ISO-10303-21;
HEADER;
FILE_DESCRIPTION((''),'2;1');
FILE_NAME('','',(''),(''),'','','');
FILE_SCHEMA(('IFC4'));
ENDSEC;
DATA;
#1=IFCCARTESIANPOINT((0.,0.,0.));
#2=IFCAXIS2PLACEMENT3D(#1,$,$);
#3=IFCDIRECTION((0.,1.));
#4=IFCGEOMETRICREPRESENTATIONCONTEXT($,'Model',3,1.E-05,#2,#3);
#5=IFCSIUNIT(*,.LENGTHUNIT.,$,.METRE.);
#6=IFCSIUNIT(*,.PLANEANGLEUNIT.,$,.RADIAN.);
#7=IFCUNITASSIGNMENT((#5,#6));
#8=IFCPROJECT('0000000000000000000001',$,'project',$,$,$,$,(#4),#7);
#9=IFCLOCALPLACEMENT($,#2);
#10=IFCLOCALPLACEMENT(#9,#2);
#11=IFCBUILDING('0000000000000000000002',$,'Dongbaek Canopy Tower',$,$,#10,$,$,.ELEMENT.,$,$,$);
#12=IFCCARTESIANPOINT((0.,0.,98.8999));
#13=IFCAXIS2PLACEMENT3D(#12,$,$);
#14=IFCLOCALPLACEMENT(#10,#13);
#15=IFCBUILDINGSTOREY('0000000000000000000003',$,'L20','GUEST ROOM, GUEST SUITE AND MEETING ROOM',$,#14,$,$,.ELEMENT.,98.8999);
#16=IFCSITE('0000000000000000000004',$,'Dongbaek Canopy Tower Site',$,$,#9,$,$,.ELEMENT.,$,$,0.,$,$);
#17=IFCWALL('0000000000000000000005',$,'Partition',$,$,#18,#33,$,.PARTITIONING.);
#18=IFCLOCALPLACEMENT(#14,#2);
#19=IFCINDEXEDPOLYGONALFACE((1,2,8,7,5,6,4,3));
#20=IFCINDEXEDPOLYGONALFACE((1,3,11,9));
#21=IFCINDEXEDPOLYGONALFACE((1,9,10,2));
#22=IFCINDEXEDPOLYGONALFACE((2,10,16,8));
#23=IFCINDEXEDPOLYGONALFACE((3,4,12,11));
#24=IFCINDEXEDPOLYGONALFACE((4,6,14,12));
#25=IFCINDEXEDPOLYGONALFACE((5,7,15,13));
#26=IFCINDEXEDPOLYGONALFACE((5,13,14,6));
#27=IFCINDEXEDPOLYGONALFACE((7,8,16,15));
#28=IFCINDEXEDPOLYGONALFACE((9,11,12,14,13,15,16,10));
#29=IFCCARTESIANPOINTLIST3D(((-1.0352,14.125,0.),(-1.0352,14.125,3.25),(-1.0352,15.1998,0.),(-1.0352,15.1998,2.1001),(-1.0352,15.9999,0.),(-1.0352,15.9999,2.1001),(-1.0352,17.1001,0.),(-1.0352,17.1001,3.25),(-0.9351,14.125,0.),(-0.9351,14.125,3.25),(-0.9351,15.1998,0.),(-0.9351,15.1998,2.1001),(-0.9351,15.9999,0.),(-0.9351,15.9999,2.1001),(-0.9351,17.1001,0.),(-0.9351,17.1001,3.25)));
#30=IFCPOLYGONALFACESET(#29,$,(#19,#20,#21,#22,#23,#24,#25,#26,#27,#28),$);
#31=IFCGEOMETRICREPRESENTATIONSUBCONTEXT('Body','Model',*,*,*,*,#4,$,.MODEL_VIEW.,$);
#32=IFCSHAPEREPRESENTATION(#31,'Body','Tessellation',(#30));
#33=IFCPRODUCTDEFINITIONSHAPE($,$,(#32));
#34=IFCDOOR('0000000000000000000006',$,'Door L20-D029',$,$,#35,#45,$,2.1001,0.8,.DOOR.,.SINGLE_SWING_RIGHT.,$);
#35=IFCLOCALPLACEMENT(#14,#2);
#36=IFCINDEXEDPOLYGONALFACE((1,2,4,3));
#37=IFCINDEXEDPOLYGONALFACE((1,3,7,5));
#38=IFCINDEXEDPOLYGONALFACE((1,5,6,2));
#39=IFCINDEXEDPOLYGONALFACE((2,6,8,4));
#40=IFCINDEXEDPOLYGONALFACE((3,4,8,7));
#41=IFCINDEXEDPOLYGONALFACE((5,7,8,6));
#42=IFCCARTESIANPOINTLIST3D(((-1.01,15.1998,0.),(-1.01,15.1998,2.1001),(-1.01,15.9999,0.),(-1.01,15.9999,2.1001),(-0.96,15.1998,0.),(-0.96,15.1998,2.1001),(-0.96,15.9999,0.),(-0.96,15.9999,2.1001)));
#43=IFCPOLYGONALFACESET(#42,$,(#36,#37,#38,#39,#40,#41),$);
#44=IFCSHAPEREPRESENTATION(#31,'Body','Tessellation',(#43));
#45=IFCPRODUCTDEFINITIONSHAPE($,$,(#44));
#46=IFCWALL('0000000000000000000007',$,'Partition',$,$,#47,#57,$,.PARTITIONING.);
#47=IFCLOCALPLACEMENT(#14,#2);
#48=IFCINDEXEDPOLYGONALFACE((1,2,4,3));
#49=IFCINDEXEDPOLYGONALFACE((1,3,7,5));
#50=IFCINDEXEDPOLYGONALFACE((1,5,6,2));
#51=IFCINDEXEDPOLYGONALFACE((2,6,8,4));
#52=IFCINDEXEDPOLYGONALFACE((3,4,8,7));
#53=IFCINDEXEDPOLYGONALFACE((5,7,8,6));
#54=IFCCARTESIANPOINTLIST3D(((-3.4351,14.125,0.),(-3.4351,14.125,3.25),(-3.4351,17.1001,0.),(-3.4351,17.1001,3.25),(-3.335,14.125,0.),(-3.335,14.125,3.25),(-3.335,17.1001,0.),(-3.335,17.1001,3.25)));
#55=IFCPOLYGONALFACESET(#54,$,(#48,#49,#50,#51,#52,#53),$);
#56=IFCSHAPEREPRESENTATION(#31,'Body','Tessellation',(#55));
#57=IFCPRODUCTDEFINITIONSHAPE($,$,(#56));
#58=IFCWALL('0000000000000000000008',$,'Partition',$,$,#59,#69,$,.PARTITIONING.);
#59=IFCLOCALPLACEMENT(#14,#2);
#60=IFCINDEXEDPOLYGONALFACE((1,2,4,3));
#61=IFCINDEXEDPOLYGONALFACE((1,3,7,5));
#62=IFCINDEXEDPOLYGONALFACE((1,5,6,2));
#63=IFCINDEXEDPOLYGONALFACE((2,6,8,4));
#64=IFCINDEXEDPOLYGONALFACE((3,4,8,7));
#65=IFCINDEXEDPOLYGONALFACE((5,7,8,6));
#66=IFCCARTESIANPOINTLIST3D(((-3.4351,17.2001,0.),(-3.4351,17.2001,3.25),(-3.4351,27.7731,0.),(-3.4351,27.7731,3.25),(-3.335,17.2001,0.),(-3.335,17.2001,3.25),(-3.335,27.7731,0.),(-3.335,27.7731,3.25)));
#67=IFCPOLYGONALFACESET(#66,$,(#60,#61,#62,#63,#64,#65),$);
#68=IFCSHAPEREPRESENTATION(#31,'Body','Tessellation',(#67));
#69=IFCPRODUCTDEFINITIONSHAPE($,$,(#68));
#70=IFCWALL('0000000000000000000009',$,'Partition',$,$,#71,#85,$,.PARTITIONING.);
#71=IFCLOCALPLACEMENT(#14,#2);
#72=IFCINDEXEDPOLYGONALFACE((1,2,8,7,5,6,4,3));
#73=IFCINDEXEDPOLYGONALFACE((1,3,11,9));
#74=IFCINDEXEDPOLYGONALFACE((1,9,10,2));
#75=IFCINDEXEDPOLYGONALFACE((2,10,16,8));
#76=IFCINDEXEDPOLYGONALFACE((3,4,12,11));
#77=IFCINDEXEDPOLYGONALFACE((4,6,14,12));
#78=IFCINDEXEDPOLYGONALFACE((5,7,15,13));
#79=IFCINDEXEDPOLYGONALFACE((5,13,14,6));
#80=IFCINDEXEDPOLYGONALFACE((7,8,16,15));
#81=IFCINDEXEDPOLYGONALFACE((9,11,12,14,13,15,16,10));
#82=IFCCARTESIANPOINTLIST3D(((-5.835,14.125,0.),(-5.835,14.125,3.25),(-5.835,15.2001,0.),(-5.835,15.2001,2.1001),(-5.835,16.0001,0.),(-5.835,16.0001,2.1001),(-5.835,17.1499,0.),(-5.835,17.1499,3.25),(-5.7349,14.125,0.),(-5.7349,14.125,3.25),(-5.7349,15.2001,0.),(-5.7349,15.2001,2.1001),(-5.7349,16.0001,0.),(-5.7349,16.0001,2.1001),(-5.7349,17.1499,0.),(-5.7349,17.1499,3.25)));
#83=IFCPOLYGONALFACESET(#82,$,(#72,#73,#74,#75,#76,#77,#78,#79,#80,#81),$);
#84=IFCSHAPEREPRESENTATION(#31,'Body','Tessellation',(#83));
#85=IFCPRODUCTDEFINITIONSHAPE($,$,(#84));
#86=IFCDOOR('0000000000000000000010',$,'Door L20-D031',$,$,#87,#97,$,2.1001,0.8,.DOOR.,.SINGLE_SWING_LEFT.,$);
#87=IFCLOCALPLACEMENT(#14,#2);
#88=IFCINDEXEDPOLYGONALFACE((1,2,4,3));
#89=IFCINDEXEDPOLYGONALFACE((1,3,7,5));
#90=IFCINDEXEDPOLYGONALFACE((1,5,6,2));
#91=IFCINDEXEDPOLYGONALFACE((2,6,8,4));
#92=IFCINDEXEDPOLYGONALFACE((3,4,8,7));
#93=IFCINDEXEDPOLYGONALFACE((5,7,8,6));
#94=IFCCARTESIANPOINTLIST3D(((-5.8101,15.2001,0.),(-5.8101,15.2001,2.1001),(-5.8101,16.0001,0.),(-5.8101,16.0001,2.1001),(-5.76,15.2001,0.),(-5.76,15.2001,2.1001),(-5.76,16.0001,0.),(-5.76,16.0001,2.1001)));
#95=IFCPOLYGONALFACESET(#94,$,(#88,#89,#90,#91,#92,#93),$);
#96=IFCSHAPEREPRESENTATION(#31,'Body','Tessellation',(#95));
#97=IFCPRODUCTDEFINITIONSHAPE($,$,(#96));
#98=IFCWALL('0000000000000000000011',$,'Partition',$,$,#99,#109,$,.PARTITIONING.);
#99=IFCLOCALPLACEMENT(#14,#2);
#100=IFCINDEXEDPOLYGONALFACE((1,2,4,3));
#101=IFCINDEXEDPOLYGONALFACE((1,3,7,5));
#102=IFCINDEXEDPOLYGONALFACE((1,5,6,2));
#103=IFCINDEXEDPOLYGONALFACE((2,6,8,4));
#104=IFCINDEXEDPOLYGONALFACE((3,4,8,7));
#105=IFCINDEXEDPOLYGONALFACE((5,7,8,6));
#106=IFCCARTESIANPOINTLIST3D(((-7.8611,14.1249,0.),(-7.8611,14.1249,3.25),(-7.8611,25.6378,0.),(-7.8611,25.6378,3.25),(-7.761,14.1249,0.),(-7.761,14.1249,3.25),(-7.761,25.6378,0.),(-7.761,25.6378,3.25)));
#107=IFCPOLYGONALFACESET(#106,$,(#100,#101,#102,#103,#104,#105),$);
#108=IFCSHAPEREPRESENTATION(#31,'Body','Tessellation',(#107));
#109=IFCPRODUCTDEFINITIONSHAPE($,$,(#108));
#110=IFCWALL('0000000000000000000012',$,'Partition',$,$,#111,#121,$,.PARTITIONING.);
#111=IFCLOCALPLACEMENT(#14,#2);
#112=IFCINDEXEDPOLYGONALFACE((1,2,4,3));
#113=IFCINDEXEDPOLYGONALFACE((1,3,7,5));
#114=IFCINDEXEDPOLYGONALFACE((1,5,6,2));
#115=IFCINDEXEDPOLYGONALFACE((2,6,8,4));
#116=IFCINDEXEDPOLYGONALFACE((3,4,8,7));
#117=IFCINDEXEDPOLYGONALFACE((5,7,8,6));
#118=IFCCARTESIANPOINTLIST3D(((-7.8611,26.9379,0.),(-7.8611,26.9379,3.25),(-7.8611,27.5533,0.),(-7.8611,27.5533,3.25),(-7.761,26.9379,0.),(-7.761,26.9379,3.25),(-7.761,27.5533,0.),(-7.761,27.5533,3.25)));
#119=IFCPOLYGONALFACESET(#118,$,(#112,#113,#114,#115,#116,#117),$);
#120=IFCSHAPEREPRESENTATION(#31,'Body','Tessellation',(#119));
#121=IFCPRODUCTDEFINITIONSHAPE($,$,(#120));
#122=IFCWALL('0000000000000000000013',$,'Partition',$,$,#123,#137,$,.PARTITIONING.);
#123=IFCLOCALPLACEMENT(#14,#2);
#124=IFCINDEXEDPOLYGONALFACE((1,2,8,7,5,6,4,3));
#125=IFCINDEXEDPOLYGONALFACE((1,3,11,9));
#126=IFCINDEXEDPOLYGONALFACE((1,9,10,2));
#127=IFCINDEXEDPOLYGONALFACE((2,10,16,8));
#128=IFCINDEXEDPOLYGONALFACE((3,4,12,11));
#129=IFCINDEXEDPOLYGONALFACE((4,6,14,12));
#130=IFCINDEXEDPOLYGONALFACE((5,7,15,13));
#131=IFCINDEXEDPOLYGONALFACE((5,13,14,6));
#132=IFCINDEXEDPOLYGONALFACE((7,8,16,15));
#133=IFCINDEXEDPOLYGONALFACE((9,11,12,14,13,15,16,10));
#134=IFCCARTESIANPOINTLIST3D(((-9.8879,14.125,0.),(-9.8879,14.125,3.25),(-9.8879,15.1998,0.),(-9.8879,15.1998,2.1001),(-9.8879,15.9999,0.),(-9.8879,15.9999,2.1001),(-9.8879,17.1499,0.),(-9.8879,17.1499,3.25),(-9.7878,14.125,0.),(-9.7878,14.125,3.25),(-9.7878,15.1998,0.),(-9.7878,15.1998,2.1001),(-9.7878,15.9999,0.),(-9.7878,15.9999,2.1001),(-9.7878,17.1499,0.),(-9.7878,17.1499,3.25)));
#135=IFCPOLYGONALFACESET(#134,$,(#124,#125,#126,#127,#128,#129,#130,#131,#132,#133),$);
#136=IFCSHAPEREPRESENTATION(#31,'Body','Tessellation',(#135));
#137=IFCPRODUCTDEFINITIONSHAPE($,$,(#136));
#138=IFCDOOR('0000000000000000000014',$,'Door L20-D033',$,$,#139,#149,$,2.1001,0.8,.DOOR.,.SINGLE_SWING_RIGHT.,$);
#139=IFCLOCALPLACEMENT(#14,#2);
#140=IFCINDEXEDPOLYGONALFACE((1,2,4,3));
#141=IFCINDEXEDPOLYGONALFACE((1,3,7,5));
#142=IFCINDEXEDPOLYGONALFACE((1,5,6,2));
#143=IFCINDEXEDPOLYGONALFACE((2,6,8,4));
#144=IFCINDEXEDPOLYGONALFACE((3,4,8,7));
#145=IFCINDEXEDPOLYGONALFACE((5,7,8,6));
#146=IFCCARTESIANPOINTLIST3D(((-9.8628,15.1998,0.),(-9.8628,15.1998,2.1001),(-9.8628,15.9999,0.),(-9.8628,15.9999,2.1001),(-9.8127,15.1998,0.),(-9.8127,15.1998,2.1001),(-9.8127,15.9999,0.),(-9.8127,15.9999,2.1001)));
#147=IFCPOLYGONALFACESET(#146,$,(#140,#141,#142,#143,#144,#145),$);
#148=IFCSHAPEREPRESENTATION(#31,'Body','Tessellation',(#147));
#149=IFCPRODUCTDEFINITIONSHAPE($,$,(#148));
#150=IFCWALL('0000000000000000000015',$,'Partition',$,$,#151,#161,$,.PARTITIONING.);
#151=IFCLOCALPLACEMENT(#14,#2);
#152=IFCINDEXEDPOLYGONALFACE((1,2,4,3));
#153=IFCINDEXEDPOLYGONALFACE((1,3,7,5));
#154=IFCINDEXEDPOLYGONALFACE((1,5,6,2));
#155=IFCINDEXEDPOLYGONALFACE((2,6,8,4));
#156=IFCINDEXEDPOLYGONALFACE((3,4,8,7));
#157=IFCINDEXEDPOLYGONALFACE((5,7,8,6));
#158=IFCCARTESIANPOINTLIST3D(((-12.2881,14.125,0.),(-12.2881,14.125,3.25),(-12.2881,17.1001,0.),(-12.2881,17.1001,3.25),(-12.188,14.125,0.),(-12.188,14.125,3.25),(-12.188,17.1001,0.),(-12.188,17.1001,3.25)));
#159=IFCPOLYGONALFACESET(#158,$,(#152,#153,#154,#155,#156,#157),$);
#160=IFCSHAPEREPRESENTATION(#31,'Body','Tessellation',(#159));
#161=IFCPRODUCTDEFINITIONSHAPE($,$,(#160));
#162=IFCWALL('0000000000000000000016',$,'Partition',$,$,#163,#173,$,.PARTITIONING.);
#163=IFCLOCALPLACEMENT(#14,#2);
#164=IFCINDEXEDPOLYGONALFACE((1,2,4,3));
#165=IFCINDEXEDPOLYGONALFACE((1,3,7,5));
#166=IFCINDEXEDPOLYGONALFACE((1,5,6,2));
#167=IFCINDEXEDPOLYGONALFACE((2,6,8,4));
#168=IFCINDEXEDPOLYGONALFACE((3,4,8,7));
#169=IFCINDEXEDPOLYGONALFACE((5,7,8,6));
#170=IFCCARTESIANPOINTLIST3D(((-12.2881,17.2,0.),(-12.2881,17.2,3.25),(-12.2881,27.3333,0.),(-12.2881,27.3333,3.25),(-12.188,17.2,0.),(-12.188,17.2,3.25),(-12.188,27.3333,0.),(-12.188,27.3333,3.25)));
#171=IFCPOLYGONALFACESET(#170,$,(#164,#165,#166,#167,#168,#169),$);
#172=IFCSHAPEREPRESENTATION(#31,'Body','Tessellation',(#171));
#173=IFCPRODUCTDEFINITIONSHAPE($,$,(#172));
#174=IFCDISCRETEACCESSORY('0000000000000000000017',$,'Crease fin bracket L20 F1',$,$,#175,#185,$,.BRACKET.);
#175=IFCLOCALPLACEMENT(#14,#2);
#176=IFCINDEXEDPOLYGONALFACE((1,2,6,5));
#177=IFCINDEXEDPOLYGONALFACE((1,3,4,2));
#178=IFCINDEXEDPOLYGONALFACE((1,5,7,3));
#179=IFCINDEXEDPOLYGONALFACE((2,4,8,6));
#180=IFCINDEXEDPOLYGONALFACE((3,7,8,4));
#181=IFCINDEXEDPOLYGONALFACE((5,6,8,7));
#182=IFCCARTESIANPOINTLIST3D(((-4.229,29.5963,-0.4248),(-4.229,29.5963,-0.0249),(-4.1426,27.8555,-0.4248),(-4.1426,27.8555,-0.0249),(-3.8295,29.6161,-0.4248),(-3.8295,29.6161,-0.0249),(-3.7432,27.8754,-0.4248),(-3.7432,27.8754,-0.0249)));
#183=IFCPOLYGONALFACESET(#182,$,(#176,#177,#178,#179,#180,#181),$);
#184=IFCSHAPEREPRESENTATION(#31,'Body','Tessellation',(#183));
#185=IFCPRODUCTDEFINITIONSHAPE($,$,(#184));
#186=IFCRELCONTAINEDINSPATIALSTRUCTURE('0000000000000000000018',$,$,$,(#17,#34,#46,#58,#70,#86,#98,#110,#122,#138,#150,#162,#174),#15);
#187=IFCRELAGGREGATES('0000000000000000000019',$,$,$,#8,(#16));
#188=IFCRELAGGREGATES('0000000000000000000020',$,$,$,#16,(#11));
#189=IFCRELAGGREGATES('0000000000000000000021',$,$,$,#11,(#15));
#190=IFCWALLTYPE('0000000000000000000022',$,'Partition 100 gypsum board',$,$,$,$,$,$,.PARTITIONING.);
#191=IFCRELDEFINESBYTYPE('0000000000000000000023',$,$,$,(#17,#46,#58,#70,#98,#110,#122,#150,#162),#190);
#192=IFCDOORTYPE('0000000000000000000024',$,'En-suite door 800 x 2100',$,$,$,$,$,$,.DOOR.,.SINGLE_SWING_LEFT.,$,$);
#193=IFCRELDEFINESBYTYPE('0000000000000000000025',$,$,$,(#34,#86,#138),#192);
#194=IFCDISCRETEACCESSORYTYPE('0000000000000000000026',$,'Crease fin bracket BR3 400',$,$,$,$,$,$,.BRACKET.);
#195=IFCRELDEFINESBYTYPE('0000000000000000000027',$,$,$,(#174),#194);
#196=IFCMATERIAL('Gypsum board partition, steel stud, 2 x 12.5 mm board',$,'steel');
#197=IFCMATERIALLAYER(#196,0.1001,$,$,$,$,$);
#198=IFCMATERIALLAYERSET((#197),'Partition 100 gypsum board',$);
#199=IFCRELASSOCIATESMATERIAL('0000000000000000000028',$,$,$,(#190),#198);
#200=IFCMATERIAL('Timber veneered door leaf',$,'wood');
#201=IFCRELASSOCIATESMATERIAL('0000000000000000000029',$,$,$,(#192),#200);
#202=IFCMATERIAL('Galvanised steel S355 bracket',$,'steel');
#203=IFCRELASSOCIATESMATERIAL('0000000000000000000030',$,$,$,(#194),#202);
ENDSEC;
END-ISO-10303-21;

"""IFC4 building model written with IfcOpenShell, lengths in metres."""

from ifc_helpers import new_model, si_unit, direction, frame, frame_2d, origin, origin_2d, place, context, subcontext, project, spatial, rectangle, extrude, material, layer, layer_set, type_object, element, fill, save


model = new_model("IFC4")

# Units and contexts
model_context = context("Model", 3, precision=1e-05, world=origin(), true_north=direction((0.0, 1.0)))
body_context = subcontext(model_context, "Body", "Model", "MODEL_VIEW")
ifc_project = project(units=[si_unit("LENGTHUNIT", "METRE"), si_unit("PLANEANGLEUNIT", "RADIAN")], contexts=[model_context])

# Site, building, storey
site_placement = place(None, origin())
site = spatial("IfcSite", under=ifc_project, at=site_placement, Name="Dongbaek Canopy Tower Site", CompositionType="ELEMENT", RefElevation=0.0)
building_placement = place(site_placement, origin())
building = spatial("IfcBuilding", under=site, at=building_placement, Name="Dongbaek Canopy Tower", CompositionType="ELEMENT")
storey_placement = place(building_placement, frame((0.0, 0.0, 98.8999)))
storey = spatial("IfcBuildingStorey", under=building, at=storey_placement, Name="L20", Description="GUEST ROOM, GUEST SUITE AND MEETING ROOM", CompositionType="ELEMENT", Elevation=98.8999)

# Shared definitions
ifc_material_1 = material(Name="Gypsum board partition, steel stud, 2 x 12.5 mm board", Category="steel")
ifc_layer_1 = layer(ifc_material_1, 0.1001)
ifc_layer_set_1 = layer_set([ifc_layer_1], Name="Partition 100 gypsum board")
wall_type = type_object("IfcWallType", Name="Partition 100 gypsum board", PredefinedType="PARTITIONING", material=ifc_layer_set_1)

# Wall, opening, door
wall_1_placement = place(storey_placement, frame((-0.9851, 14.125, 0.0), z_axis=(0.0, 0.0, 1.0), x_axis=(0.0, 1.0, 0.0)))
wall_1 = element("IfcWall", 1, at=wall_1_placement, inside=storey, type_object=wall_type, Name="Partition", PredefinedType="PARTITIONING", context=body_context, shape_type="SweptSolid", body=[
    extrude(rectangle(XDim=2.9751, YDim=0.1001, at=frame_2d((1.4875, 0.0))), origin(), (0.0, 0.0, 1.0), 3.25),
])
opening_1_placement = place(wall_1_placement, frame((1.075, 0.0, 0.0)))
opening_1 = element("IfcOpeningElement", 2, at=opening_1_placement, cuts=wall_1, PredefinedType="OPENING", context=body_context, shape_type="SweptSolid", body=[
    extrude(rectangle(XDim=0.8, YDim=2.1001, at=frame_2d((0.3999, 1.05))), frame((0.0, 0.0601, 0.0), z_axis=(0.0, -1.0, 0.0), x_axis=(1.0, 0.0, 0.0)), (0.0, 0.0, 1.0), 0.1201),
])
ifc_material_2 = material(Name="Timber veneered door leaf", Category="wood")
door_type = type_object("IfcDoorType", Name="En-suite door 800 x 2100", OperationType="SINGLE_SWING_LEFT", PredefinedType="DOOR", material=ifc_material_2)
door_1_placement = place(opening_1_placement, origin())
door_1 = element("IfcDoor", 3, at=door_1_placement, inside=storey, type_object=door_type, Name="Door L20-D029", OperationType="SINGLE_SWING_RIGHT", OverallHeight=2.1001, OverallWidth=0.8, PredefinedType="DOOR", context=body_context, shape_type="SweptSolid", body=[
    extrude(rectangle(XDim=0.8, YDim=2.1001, at=frame_2d((0.3999, 1.05))), frame((0.0, 0.0249, 0.0), z_axis=(0.0, -1.0, 0.0), x_axis=(1.0, 0.0, 0.0)), (0.0, 0.0, 1.0), 0.05),
])
fill(opening_1, door_1)

# Walls
wall_2_placement = place(storey_placement, frame((-3.385, 14.125, 0.0), z_axis=(0.0, 0.0, 1.0), x_axis=(0.0, 1.0, 0.0)))
element("IfcWall", 4, at=wall_2_placement, inside=storey, type_object=wall_type, Name="Partition", PredefinedType="PARTITIONING", context=body_context, shape_type="SweptSolid", body=[
    extrude(rectangle(XDim=2.9751, YDim=0.1001, at=frame_2d((1.4875, 0.0))), origin(), (0.0, 0.0, 1.0), 3.25),
])
wall_3_placement = place(storey_placement, frame((-3.385, 17.2, 0.0), z_axis=(0.0, 0.0, 1.0), x_axis=(0.0, 1.0, 0.0)))
element("IfcWall", 5, at=wall_3_placement, inside=storey, type_object=wall_type, Name="Partition", PredefinedType="PARTITIONING", context=body_context, shape_type="SweptSolid", body=[
    extrude(rectangle(XDim=10.573, YDim=0.1001, at=frame_2d((5.2866, 0.0))), origin(), (0.0, 0.0, 1.0), 3.25),
])

# Wall, opening, door
wall_4_placement = place(storey_placement, frame((-5.7849, 17.1499, 0.0), z_axis=(0.0, 0.0, 1.0), x_axis=(0.0, -1.0, 0.0)))
wall_4 = element("IfcWall", 6, at=wall_4_placement, inside=storey, type_object=wall_type, Name="Partition", PredefinedType="PARTITIONING", context=body_context, shape_type="SweptSolid", body=[
    extrude(rectangle(XDim=3.0249, YDim=0.1001, at=frame_2d((1.5125, 0.0))), origin(), (0.0, 0.0, 1.0), 3.25),
])
opening_2_placement = place(wall_4_placement, frame((1.1499, 0.0, 0.0)))
opening_2 = element("IfcOpeningElement", 7, at=opening_2_placement, cuts=wall_4, PredefinedType="OPENING", context=body_context, shape_type="SweptSolid", body=[
    extrude(rectangle(XDim=0.8, YDim=2.1001, at=frame_2d((0.3999, 1.05))), frame((0.0, 0.0601, 0.0), z_axis=(0.0, -1.0, 0.0), x_axis=(1.0, 0.0, 0.0)), (0.0, 0.0, 1.0), 0.1201),
])
door_2_placement = place(opening_2_placement, origin())
door_2 = element("IfcDoor", 8, at=door_2_placement, inside=storey, type_object=door_type, Name="Door L20-D031", OperationType="SINGLE_SWING_LEFT", OverallHeight=2.1001, OverallWidth=0.8, PredefinedType="DOOR", context=body_context, shape_type="SweptSolid", body=[
    extrude(rectangle(XDim=0.8, YDim=2.1001, at=frame_2d((0.3999, 1.05))), frame((0.0, 0.0249, 0.0), z_axis=(0.0, -1.0, 0.0), x_axis=(1.0, 0.0, 0.0)), (0.0, 0.0, 1.0), 0.05),
])
fill(opening_2, door_2)

# Walls
wall_5_placement = place(storey_placement, frame((-7.811, 14.125, 0.0), z_axis=(0.0, 0.0, 1.0), x_axis=(0.0, 1.0, 0.0)))
element("IfcWall", 9, at=wall_5_placement, inside=storey, type_object=wall_type, Name="Partition", PredefinedType="PARTITIONING", context=body_context, shape_type="SweptSolid", body=[
    extrude(rectangle(XDim=11.5129, YDim=0.1001, at=frame_2d((5.7563, 0.0))), origin(), (0.0, 0.0, 1.0), 3.25),
])
wall_6_placement = place(storey_placement, frame((-7.811, 26.938, 0.0), z_axis=(0.0, 0.0, 1.0), x_axis=(0.0, 1.0, 0.0)))
element("IfcWall", 10, at=wall_6_placement, inside=storey, type_object=wall_type, Name="Partition", PredefinedType="PARTITIONING", context=body_context, shape_type="SweptSolid", body=[
    extrude(rectangle(XDim=0.6155, YDim=0.1001, at=frame_2d((0.3076, 0.0))), origin(), (0.0, 0.0, 1.0), 3.25),
])

# Wall, opening, door
wall_7_placement = place(storey_placement, frame((-9.8379, 14.125, 0.0), z_axis=(0.0, 0.0, 1.0), x_axis=(0.0, 1.0, 0.0)))
wall_7 = element("IfcWall", 11, at=wall_7_placement, inside=storey, type_object=wall_type, Name="Partition", PredefinedType="PARTITIONING", context=body_context, shape_type="SweptSolid", body=[
    extrude(rectangle(XDim=3.0249, YDim=0.1001, at=frame_2d((1.5125, 0.0))), origin(), (0.0, 0.0, 1.0), 3.25),
])
opening_3_placement = place(wall_7_placement, frame((1.075, 0.0, 0.0)))
opening_3 = element("IfcOpeningElement", 12, at=opening_3_placement, cuts=wall_7, PredefinedType="OPENING", context=body_context, shape_type="SweptSolid", body=[
    extrude(rectangle(XDim=0.8, YDim=2.1001, at=frame_2d((0.3999, 1.05))), frame((0.0, 0.0601, 0.0), z_axis=(0.0, -1.0, 0.0), x_axis=(1.0, 0.0, 0.0)), (0.0, 0.0, 1.0), 0.1201),
])
door_3_placement = place(opening_3_placement, origin())
door_3 = element("IfcDoor", 13, at=door_3_placement, inside=storey, type_object=door_type, Name="Door L20-D033", OperationType="SINGLE_SWING_RIGHT", OverallHeight=2.1001, OverallWidth=0.8, PredefinedType="DOOR", context=body_context, shape_type="SweptSolid", body=[
    extrude(rectangle(XDim=0.8, YDim=2.1001, at=frame_2d((0.3999, 1.05))), frame((0.0, 0.0249, 0.0), z_axis=(0.0, -1.0, 0.0), x_axis=(1.0, 0.0, 0.0)), (0.0, 0.0, 1.0), 0.05),
])
fill(opening_3, door_3)

# Walls
wall_8_placement = place(storey_placement, frame((-12.238, 14.125, 0.0), z_axis=(0.0, 0.0, 1.0), x_axis=(0.0, 1.0, 0.0)))
element("IfcWall", 14, at=wall_8_placement, inside=storey, type_object=wall_type, Name="Partition", PredefinedType="PARTITIONING", context=body_context, shape_type="SweptSolid", body=[
    extrude(rectangle(XDim=2.9751, YDim=0.1001, at=frame_2d((1.4875, 0.0))), origin(), (0.0, 0.0, 1.0), 3.25),
])
wall_9_placement = place(storey_placement, frame((-12.238, 17.2, 0.0), z_axis=(0.0, 0.0, 1.0), x_axis=(0.0, 1.0, 0.0)))
element("IfcWall", 15, at=wall_9_placement, inside=storey, type_object=wall_type, Name="Partition", PredefinedType="PARTITIONING", context=body_context, shape_type="SweptSolid", body=[
    extrude(rectangle(XDim=10.1333, YDim=0.1001, at=frame_2d((5.0667, 0.0))), origin(), (0.0, 0.0, 1.0), 3.25),
])

# Discrete accessory
ifc_material_3 = material(Name="Galvanised steel S355 bracket", Category="steel")
discrete_accessory_type = type_object("IfcDiscreteAccessoryType", Name="Crease fin bracket BR3 400", PredefinedType="BRACKET", material=ifc_material_3)
discrete_accessory_placement = place(storey_placement, frame((-3.9861, 28.7358, -0.4248), z_axis=(0.0, 0.0, 1.0), x_axis=(-0.049538, 0.998772, 0.0)))
element("IfcDiscreteAccessory", 16, at=discrete_accessory_placement, inside=storey, type_object=discrete_accessory_type, Name="Crease fin bracket L20 F1", PredefinedType="BRACKET", context=body_context, shape_type="SweptSolid", body=[
    extrude(rectangle(XDim=1.7429, YDim=0.3999, at=origin_2d()), origin(), (0.0, 0.0, 1.0), 0.3999),
])

save(model, "model.ifc")
